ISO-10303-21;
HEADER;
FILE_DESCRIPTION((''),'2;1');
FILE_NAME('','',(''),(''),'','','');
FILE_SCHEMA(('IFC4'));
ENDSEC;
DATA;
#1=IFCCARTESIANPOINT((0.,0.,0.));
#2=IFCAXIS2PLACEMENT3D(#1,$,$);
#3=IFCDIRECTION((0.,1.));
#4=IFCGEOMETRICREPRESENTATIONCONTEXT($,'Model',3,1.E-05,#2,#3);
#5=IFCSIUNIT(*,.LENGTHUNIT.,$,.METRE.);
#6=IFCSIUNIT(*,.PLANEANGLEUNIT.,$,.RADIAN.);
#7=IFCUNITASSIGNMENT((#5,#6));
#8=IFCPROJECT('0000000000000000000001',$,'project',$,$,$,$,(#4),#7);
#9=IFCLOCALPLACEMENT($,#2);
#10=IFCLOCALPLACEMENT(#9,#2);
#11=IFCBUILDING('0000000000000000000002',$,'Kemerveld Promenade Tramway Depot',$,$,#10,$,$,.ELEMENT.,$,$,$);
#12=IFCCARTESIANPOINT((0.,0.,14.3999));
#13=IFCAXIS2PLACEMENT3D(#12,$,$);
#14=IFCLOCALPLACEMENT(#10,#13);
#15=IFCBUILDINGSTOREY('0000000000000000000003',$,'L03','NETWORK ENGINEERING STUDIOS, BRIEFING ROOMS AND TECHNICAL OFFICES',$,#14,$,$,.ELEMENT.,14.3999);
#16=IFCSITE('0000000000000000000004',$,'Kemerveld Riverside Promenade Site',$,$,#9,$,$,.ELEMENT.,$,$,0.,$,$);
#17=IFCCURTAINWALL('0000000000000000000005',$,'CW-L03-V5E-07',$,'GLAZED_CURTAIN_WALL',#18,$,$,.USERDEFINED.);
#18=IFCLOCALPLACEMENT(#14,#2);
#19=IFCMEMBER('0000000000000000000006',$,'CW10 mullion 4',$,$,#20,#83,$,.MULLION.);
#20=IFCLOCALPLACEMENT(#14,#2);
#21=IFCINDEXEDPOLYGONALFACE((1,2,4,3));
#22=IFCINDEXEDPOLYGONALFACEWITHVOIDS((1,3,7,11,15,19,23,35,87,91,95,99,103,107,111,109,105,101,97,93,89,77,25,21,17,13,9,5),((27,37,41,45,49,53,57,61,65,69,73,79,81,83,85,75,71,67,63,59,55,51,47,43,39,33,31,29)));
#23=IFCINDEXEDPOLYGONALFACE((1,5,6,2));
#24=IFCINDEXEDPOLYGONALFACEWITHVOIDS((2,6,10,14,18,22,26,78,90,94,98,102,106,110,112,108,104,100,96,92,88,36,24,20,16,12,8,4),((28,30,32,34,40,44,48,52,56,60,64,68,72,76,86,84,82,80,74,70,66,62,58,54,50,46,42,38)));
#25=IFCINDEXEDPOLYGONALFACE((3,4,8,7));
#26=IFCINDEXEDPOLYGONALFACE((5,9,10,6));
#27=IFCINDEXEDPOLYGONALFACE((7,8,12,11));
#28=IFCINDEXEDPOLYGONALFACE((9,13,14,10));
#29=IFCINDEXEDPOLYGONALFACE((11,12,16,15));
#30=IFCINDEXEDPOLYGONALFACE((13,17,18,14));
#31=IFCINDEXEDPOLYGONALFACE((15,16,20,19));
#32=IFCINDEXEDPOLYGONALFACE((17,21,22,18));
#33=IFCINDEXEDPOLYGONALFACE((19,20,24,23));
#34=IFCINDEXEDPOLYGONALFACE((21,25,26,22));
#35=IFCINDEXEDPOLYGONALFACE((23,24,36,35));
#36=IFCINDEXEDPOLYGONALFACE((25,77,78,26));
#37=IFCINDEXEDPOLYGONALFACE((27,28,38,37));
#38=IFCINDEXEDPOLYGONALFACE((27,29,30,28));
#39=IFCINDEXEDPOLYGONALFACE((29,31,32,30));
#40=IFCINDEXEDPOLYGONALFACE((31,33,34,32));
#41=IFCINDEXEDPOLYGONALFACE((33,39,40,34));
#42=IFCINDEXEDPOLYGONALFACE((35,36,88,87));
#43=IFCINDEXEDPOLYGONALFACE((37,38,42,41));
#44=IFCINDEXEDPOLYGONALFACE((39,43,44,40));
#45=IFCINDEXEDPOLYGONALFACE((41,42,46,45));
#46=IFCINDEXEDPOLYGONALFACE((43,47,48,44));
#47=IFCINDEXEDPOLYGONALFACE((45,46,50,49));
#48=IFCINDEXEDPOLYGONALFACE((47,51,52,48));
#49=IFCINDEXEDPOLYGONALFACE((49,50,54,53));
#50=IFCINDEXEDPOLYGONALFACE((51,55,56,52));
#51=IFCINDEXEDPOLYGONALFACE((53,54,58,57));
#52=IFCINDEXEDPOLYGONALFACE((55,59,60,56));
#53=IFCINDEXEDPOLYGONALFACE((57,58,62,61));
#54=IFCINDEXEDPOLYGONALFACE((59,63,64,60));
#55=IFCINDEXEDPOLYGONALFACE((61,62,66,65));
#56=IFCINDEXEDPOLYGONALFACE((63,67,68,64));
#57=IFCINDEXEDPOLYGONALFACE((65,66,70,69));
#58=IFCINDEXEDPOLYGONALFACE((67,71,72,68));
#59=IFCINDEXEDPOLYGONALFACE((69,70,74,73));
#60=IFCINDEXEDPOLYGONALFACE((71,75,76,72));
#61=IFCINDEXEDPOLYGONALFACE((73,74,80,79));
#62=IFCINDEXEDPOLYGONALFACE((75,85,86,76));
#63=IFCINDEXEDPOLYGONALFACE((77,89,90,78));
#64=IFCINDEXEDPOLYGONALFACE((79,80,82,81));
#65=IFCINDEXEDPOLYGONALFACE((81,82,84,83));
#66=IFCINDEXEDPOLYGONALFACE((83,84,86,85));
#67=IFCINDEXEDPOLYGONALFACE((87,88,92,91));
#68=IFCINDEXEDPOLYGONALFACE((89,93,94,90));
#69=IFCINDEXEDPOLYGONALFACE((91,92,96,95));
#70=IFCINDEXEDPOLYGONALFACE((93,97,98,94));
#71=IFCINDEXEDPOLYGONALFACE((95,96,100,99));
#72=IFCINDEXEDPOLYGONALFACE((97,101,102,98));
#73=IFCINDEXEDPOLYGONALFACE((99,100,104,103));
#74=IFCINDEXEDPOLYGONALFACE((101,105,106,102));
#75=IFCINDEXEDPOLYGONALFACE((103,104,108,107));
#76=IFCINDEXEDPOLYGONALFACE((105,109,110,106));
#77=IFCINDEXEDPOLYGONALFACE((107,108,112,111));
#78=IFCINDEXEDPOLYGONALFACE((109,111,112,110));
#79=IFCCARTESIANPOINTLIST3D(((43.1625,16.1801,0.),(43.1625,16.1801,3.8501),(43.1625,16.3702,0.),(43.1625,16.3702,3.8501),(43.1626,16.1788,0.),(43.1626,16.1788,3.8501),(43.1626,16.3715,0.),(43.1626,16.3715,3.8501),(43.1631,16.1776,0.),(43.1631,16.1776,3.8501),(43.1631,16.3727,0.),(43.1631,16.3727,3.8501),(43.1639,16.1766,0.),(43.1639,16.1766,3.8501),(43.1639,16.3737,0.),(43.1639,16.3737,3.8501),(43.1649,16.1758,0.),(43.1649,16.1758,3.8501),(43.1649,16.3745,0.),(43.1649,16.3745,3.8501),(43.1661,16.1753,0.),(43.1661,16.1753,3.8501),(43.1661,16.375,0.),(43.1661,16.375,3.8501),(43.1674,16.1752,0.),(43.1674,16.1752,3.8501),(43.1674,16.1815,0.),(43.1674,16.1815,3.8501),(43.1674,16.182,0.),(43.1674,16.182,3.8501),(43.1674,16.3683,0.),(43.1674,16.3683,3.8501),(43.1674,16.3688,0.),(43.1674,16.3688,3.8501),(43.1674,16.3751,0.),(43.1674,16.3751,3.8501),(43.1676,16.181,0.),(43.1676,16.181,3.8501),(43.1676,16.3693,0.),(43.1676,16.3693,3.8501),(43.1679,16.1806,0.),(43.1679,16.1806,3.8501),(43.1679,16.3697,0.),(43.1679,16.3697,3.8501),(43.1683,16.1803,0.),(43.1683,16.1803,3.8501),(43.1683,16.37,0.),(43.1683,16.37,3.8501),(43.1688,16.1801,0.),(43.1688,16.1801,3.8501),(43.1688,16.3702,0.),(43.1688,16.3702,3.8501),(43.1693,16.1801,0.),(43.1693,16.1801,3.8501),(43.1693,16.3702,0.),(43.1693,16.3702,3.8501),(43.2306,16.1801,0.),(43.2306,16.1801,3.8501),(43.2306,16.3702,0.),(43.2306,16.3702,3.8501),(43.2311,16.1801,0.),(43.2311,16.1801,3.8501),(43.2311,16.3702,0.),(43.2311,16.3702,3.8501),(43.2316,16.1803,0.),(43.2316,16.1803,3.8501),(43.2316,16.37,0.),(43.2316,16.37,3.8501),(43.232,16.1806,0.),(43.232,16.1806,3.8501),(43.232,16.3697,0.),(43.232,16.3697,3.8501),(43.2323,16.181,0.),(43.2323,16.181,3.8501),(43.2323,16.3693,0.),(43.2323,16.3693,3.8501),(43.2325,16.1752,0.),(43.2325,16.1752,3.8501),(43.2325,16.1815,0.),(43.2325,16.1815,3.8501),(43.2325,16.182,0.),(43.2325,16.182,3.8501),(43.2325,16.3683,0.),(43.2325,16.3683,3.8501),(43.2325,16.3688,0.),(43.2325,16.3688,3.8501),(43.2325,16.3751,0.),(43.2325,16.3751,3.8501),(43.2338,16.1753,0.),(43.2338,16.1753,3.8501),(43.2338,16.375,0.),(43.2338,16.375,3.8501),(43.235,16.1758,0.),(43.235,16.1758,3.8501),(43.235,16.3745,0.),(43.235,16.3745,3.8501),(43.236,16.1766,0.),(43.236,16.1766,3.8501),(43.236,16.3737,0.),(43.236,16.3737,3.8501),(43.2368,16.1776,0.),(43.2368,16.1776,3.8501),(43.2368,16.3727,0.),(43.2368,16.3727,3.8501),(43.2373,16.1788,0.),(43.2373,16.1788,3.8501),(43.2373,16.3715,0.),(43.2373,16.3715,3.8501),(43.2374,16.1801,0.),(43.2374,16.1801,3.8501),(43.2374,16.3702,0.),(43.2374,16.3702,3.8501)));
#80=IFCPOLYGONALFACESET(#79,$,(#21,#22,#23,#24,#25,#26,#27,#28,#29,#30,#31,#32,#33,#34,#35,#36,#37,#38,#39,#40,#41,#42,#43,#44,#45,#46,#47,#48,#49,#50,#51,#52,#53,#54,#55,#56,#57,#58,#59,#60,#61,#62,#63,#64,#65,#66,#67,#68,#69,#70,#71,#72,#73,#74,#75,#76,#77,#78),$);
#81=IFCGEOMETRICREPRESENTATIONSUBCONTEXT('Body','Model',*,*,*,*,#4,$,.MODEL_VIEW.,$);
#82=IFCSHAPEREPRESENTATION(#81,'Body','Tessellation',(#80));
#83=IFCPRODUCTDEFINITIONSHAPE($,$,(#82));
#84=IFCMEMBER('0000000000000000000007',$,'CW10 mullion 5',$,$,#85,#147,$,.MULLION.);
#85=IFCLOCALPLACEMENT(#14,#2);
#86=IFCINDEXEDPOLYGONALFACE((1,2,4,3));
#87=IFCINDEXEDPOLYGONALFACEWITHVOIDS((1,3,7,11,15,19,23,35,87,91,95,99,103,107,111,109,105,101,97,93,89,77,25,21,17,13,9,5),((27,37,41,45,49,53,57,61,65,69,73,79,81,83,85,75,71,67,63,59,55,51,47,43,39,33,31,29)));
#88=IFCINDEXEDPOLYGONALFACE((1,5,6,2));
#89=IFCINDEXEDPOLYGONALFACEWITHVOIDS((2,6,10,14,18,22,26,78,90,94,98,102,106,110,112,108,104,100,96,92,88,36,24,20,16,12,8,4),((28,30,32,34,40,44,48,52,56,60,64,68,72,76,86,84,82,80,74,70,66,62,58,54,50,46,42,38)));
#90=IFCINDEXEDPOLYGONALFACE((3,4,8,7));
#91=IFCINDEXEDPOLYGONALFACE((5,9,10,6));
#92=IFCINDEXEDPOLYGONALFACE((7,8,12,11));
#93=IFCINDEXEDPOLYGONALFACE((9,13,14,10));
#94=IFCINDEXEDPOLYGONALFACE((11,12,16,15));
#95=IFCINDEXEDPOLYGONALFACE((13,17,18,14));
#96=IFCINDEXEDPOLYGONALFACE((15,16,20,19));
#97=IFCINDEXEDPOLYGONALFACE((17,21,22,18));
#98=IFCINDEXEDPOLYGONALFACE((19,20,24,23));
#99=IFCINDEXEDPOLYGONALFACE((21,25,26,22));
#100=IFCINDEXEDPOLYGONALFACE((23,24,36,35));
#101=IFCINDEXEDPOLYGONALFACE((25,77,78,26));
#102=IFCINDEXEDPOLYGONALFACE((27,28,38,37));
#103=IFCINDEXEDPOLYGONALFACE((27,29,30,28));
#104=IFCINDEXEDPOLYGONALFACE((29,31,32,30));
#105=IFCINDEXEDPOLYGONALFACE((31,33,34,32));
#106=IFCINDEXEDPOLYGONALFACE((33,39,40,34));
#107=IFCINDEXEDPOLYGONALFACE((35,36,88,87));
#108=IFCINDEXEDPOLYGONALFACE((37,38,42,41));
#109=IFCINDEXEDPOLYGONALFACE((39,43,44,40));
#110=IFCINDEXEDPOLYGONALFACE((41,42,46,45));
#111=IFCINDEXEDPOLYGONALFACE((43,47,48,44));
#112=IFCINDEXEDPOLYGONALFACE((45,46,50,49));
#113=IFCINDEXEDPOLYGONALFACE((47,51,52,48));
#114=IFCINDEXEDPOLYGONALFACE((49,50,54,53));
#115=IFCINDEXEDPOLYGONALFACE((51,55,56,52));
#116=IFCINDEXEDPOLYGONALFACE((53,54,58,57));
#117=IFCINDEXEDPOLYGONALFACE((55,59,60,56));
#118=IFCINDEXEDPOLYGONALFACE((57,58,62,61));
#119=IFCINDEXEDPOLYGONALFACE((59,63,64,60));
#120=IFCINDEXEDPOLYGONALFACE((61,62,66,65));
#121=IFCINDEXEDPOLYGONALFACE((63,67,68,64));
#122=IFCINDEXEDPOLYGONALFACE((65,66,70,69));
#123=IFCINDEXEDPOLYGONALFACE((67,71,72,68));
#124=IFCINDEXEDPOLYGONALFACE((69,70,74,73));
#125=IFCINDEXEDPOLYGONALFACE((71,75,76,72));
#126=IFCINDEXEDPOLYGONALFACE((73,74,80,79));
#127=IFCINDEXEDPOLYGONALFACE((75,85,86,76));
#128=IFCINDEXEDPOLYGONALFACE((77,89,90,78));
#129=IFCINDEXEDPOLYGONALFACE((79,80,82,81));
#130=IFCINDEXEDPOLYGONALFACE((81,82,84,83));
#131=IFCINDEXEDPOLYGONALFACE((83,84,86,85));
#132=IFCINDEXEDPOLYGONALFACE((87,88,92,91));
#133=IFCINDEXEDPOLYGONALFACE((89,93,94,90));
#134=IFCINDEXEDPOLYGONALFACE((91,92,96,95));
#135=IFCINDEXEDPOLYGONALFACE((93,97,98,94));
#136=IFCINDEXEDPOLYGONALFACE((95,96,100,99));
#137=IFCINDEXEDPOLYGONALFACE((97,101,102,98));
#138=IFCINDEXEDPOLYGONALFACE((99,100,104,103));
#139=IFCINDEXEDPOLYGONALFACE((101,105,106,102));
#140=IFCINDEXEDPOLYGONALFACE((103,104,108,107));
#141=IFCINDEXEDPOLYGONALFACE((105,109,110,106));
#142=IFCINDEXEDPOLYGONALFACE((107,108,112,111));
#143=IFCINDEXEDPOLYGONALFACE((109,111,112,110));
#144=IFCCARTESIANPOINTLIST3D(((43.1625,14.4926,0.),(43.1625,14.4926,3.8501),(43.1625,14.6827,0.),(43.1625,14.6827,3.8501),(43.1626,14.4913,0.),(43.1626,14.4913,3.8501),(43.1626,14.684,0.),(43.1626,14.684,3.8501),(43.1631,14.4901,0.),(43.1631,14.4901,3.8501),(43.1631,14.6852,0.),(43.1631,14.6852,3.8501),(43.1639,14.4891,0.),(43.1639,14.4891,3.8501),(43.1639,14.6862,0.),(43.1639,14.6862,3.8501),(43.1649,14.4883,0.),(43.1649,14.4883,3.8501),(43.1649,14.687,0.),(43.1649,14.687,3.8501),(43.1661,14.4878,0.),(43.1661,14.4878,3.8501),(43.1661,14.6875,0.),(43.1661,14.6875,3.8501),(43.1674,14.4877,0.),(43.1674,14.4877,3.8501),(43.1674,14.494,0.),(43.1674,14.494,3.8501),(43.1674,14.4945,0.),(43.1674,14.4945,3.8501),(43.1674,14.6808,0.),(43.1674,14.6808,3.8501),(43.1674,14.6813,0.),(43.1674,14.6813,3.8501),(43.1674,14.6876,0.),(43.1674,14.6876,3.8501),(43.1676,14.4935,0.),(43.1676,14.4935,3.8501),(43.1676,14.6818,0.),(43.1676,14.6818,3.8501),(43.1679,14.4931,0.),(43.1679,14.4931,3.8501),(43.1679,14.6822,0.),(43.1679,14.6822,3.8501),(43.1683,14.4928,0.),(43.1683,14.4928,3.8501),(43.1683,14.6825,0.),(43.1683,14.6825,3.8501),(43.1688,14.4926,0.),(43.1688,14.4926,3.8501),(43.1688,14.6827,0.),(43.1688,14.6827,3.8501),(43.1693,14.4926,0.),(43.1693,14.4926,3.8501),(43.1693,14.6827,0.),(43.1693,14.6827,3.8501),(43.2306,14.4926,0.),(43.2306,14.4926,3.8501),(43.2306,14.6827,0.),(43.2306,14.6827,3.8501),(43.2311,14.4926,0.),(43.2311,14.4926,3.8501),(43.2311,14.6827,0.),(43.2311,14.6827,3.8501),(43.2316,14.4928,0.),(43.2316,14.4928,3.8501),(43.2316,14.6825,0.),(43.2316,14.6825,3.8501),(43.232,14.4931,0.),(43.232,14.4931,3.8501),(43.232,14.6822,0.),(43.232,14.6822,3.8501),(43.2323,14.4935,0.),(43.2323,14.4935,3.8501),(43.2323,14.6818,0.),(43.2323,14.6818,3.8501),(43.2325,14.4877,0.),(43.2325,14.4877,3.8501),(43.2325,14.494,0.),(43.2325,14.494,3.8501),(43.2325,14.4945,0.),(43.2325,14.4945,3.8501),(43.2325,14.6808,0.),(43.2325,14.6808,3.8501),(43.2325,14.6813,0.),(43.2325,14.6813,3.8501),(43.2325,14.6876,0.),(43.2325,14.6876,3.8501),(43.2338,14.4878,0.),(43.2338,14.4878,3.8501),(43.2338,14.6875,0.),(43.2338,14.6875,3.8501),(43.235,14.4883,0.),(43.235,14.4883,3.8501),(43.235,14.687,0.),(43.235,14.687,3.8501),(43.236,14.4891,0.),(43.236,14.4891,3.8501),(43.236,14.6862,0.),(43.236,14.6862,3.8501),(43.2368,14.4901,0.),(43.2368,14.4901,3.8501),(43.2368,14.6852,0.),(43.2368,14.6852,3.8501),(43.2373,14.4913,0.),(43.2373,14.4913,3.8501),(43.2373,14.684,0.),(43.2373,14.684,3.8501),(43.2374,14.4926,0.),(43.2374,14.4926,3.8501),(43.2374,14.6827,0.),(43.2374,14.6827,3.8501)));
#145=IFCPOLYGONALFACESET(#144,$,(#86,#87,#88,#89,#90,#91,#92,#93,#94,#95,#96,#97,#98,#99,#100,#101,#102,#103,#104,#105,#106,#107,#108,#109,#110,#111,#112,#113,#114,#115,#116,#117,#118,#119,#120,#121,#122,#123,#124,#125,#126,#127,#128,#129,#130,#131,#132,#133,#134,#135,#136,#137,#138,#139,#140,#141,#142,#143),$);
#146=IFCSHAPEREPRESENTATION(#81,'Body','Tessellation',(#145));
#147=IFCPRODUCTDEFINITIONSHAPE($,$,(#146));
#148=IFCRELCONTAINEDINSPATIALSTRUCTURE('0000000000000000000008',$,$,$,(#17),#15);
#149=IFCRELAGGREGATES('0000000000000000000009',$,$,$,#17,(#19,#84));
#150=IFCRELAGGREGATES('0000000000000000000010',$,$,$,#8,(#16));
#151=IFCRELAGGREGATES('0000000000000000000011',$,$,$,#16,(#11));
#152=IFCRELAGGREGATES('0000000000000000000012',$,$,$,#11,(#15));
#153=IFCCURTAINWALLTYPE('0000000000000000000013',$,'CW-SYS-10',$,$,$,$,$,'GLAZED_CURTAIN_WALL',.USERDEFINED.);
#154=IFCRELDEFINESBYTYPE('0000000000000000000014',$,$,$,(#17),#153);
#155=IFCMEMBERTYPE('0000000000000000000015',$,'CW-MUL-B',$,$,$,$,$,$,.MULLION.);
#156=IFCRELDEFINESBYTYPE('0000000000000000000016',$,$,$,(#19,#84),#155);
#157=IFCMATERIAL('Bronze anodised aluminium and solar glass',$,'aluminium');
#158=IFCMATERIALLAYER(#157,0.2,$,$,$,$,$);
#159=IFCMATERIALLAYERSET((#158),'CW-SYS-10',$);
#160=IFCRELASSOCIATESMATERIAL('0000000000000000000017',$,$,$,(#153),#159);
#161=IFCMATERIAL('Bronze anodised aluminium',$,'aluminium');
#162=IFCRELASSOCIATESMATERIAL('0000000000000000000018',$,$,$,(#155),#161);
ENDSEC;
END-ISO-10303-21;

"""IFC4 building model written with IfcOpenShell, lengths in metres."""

from ifc_helpers import new_model, si_unit, direction, frame, origin, origin_2d, place, context, subcontext, project, spatial, hollow_rectangle, extrude, material, layer, layer_set, material_profile, profile_set, type_object, element, aggregate, save


model = new_model("IFC4")

# Units and contexts
model_context = context("Model", 3, precision=1e-05, world=origin(), true_north=direction((0.0, 1.0)))
body_context = subcontext(model_context, "Body", "Model", "MODEL_VIEW")
ifc_project = project(units=[si_unit("LENGTHUNIT", "METRE"), si_unit("PLANEANGLEUNIT", "RADIAN")], contexts=[model_context])

# Site, building, storey
site_placement = place(None, origin())
site = spatial("IfcSite", under=ifc_project, at=site_placement, Name="Kemerveld Riverside Promenade Site", CompositionType="ELEMENT", RefElevation=0.0)
building_placement = place(site_placement, origin())
building = spatial("IfcBuilding", under=site, at=building_placement, Name="Kemerveld Promenade Tramway Depot", CompositionType="ELEMENT")
storey_placement = place(building_placement, frame((0.0, 0.0, 14.3999)))
storey = spatial("IfcBuildingStorey", under=building, at=storey_placement, Name="L03", Description="NETWORK ENGINEERING STUDIOS, BRIEFING ROOMS AND TECHNICAL OFFICES", CompositionType="ELEMENT", Elevation=14.3999)

# Curtain wall, members
ifc_material_1 = material(Name="Bronze anodised aluminium and solar glass", Category="aluminium")
ifc_layer_1 = layer(ifc_material_1, 0.2)
ifc_layer_set_1 = layer_set([ifc_layer_1], Name="CW-SYS-10")
curtain_wall_type_1 = type_object("IfcCurtainWallType", Name="CW-SYS-10", ElementType="GLAZED_CURTAIN_WALL", PredefinedType="USERDEFINED", material=ifc_layer_set_1)
curtain_wall_1_placement = place(storey_placement, origin())
curtain_wall_1 = element("IfcCurtainWall", 1, at=curtain_wall_1_placement, inside=storey, type_object=curtain_wall_type_1, Name="CW-L03-V5E-07", ObjectType="GLAZED_CURTAIN_WALL", PredefinedType="USERDEFINED")
ifc_material_2 = material(Name="Bronze anodised aluminium", Category="aluminium")
ifc_material_profile_1 = material_profile(ifc_material_2, hollow_rectangle(XDim=0.075, YDim=0.2, WallThickness=0.0049, InnerFilletRadius=0.002, OuterFilletRadius=0.0049, at=origin_2d()), Name="CW-MUL-200x75")
ifc_profile_set_1 = profile_set([ifc_material_profile_1], Name="Bronze anodised aluminium")
member_type_1 = type_object("IfcMemberType", Name="CW-MUL-B", PredefinedType="MULLION", material=ifc_profile_set_1)
member_1_placement = place(storey_placement, frame((43.2, 16.2751, 0.0), z_axis=(0.0, 0.0, 1.0), x_axis=(1.0, 0.0, 0.0)))
member_1 = element("IfcMember", 2, at=member_1_placement, type_object=member_type_1, Name="CW10 mullion 4", PredefinedType="MULLION", context=body_context, shape_type="SweptSolid", body=[
    extrude(hollow_rectangle(XDim=0.075, YDim=0.2, WallThickness=0.0049, InnerFilletRadius=0.002, OuterFilletRadius=0.0049, at=origin_2d()), origin(), (0.0, 0.0, 1.0), 3.8501),
])
member_2_placement = place(storey_placement, frame((43.2, 14.5876, 0.0), z_axis=(0.0, 0.0, 1.0), x_axis=(1.0, 0.0, 0.0)))
member_2 = element("IfcMember", 3, at=member_2_placement, type_object=member_type_1, Name="CW10 mullion 5", PredefinedType="MULLION", context=body_context, shape_type="SweptSolid", body=[
    extrude(hollow_rectangle(XDim=0.075, YDim=0.2, WallThickness=0.0049, InnerFilletRadius=0.002, OuterFilletRadius=0.0049, at=origin_2d()), origin(), (0.0, 0.0, 1.0), 3.8501),
])

aggregate(curtain_wall_1, [member_1, member_2])

save(model, "model.ifc")
